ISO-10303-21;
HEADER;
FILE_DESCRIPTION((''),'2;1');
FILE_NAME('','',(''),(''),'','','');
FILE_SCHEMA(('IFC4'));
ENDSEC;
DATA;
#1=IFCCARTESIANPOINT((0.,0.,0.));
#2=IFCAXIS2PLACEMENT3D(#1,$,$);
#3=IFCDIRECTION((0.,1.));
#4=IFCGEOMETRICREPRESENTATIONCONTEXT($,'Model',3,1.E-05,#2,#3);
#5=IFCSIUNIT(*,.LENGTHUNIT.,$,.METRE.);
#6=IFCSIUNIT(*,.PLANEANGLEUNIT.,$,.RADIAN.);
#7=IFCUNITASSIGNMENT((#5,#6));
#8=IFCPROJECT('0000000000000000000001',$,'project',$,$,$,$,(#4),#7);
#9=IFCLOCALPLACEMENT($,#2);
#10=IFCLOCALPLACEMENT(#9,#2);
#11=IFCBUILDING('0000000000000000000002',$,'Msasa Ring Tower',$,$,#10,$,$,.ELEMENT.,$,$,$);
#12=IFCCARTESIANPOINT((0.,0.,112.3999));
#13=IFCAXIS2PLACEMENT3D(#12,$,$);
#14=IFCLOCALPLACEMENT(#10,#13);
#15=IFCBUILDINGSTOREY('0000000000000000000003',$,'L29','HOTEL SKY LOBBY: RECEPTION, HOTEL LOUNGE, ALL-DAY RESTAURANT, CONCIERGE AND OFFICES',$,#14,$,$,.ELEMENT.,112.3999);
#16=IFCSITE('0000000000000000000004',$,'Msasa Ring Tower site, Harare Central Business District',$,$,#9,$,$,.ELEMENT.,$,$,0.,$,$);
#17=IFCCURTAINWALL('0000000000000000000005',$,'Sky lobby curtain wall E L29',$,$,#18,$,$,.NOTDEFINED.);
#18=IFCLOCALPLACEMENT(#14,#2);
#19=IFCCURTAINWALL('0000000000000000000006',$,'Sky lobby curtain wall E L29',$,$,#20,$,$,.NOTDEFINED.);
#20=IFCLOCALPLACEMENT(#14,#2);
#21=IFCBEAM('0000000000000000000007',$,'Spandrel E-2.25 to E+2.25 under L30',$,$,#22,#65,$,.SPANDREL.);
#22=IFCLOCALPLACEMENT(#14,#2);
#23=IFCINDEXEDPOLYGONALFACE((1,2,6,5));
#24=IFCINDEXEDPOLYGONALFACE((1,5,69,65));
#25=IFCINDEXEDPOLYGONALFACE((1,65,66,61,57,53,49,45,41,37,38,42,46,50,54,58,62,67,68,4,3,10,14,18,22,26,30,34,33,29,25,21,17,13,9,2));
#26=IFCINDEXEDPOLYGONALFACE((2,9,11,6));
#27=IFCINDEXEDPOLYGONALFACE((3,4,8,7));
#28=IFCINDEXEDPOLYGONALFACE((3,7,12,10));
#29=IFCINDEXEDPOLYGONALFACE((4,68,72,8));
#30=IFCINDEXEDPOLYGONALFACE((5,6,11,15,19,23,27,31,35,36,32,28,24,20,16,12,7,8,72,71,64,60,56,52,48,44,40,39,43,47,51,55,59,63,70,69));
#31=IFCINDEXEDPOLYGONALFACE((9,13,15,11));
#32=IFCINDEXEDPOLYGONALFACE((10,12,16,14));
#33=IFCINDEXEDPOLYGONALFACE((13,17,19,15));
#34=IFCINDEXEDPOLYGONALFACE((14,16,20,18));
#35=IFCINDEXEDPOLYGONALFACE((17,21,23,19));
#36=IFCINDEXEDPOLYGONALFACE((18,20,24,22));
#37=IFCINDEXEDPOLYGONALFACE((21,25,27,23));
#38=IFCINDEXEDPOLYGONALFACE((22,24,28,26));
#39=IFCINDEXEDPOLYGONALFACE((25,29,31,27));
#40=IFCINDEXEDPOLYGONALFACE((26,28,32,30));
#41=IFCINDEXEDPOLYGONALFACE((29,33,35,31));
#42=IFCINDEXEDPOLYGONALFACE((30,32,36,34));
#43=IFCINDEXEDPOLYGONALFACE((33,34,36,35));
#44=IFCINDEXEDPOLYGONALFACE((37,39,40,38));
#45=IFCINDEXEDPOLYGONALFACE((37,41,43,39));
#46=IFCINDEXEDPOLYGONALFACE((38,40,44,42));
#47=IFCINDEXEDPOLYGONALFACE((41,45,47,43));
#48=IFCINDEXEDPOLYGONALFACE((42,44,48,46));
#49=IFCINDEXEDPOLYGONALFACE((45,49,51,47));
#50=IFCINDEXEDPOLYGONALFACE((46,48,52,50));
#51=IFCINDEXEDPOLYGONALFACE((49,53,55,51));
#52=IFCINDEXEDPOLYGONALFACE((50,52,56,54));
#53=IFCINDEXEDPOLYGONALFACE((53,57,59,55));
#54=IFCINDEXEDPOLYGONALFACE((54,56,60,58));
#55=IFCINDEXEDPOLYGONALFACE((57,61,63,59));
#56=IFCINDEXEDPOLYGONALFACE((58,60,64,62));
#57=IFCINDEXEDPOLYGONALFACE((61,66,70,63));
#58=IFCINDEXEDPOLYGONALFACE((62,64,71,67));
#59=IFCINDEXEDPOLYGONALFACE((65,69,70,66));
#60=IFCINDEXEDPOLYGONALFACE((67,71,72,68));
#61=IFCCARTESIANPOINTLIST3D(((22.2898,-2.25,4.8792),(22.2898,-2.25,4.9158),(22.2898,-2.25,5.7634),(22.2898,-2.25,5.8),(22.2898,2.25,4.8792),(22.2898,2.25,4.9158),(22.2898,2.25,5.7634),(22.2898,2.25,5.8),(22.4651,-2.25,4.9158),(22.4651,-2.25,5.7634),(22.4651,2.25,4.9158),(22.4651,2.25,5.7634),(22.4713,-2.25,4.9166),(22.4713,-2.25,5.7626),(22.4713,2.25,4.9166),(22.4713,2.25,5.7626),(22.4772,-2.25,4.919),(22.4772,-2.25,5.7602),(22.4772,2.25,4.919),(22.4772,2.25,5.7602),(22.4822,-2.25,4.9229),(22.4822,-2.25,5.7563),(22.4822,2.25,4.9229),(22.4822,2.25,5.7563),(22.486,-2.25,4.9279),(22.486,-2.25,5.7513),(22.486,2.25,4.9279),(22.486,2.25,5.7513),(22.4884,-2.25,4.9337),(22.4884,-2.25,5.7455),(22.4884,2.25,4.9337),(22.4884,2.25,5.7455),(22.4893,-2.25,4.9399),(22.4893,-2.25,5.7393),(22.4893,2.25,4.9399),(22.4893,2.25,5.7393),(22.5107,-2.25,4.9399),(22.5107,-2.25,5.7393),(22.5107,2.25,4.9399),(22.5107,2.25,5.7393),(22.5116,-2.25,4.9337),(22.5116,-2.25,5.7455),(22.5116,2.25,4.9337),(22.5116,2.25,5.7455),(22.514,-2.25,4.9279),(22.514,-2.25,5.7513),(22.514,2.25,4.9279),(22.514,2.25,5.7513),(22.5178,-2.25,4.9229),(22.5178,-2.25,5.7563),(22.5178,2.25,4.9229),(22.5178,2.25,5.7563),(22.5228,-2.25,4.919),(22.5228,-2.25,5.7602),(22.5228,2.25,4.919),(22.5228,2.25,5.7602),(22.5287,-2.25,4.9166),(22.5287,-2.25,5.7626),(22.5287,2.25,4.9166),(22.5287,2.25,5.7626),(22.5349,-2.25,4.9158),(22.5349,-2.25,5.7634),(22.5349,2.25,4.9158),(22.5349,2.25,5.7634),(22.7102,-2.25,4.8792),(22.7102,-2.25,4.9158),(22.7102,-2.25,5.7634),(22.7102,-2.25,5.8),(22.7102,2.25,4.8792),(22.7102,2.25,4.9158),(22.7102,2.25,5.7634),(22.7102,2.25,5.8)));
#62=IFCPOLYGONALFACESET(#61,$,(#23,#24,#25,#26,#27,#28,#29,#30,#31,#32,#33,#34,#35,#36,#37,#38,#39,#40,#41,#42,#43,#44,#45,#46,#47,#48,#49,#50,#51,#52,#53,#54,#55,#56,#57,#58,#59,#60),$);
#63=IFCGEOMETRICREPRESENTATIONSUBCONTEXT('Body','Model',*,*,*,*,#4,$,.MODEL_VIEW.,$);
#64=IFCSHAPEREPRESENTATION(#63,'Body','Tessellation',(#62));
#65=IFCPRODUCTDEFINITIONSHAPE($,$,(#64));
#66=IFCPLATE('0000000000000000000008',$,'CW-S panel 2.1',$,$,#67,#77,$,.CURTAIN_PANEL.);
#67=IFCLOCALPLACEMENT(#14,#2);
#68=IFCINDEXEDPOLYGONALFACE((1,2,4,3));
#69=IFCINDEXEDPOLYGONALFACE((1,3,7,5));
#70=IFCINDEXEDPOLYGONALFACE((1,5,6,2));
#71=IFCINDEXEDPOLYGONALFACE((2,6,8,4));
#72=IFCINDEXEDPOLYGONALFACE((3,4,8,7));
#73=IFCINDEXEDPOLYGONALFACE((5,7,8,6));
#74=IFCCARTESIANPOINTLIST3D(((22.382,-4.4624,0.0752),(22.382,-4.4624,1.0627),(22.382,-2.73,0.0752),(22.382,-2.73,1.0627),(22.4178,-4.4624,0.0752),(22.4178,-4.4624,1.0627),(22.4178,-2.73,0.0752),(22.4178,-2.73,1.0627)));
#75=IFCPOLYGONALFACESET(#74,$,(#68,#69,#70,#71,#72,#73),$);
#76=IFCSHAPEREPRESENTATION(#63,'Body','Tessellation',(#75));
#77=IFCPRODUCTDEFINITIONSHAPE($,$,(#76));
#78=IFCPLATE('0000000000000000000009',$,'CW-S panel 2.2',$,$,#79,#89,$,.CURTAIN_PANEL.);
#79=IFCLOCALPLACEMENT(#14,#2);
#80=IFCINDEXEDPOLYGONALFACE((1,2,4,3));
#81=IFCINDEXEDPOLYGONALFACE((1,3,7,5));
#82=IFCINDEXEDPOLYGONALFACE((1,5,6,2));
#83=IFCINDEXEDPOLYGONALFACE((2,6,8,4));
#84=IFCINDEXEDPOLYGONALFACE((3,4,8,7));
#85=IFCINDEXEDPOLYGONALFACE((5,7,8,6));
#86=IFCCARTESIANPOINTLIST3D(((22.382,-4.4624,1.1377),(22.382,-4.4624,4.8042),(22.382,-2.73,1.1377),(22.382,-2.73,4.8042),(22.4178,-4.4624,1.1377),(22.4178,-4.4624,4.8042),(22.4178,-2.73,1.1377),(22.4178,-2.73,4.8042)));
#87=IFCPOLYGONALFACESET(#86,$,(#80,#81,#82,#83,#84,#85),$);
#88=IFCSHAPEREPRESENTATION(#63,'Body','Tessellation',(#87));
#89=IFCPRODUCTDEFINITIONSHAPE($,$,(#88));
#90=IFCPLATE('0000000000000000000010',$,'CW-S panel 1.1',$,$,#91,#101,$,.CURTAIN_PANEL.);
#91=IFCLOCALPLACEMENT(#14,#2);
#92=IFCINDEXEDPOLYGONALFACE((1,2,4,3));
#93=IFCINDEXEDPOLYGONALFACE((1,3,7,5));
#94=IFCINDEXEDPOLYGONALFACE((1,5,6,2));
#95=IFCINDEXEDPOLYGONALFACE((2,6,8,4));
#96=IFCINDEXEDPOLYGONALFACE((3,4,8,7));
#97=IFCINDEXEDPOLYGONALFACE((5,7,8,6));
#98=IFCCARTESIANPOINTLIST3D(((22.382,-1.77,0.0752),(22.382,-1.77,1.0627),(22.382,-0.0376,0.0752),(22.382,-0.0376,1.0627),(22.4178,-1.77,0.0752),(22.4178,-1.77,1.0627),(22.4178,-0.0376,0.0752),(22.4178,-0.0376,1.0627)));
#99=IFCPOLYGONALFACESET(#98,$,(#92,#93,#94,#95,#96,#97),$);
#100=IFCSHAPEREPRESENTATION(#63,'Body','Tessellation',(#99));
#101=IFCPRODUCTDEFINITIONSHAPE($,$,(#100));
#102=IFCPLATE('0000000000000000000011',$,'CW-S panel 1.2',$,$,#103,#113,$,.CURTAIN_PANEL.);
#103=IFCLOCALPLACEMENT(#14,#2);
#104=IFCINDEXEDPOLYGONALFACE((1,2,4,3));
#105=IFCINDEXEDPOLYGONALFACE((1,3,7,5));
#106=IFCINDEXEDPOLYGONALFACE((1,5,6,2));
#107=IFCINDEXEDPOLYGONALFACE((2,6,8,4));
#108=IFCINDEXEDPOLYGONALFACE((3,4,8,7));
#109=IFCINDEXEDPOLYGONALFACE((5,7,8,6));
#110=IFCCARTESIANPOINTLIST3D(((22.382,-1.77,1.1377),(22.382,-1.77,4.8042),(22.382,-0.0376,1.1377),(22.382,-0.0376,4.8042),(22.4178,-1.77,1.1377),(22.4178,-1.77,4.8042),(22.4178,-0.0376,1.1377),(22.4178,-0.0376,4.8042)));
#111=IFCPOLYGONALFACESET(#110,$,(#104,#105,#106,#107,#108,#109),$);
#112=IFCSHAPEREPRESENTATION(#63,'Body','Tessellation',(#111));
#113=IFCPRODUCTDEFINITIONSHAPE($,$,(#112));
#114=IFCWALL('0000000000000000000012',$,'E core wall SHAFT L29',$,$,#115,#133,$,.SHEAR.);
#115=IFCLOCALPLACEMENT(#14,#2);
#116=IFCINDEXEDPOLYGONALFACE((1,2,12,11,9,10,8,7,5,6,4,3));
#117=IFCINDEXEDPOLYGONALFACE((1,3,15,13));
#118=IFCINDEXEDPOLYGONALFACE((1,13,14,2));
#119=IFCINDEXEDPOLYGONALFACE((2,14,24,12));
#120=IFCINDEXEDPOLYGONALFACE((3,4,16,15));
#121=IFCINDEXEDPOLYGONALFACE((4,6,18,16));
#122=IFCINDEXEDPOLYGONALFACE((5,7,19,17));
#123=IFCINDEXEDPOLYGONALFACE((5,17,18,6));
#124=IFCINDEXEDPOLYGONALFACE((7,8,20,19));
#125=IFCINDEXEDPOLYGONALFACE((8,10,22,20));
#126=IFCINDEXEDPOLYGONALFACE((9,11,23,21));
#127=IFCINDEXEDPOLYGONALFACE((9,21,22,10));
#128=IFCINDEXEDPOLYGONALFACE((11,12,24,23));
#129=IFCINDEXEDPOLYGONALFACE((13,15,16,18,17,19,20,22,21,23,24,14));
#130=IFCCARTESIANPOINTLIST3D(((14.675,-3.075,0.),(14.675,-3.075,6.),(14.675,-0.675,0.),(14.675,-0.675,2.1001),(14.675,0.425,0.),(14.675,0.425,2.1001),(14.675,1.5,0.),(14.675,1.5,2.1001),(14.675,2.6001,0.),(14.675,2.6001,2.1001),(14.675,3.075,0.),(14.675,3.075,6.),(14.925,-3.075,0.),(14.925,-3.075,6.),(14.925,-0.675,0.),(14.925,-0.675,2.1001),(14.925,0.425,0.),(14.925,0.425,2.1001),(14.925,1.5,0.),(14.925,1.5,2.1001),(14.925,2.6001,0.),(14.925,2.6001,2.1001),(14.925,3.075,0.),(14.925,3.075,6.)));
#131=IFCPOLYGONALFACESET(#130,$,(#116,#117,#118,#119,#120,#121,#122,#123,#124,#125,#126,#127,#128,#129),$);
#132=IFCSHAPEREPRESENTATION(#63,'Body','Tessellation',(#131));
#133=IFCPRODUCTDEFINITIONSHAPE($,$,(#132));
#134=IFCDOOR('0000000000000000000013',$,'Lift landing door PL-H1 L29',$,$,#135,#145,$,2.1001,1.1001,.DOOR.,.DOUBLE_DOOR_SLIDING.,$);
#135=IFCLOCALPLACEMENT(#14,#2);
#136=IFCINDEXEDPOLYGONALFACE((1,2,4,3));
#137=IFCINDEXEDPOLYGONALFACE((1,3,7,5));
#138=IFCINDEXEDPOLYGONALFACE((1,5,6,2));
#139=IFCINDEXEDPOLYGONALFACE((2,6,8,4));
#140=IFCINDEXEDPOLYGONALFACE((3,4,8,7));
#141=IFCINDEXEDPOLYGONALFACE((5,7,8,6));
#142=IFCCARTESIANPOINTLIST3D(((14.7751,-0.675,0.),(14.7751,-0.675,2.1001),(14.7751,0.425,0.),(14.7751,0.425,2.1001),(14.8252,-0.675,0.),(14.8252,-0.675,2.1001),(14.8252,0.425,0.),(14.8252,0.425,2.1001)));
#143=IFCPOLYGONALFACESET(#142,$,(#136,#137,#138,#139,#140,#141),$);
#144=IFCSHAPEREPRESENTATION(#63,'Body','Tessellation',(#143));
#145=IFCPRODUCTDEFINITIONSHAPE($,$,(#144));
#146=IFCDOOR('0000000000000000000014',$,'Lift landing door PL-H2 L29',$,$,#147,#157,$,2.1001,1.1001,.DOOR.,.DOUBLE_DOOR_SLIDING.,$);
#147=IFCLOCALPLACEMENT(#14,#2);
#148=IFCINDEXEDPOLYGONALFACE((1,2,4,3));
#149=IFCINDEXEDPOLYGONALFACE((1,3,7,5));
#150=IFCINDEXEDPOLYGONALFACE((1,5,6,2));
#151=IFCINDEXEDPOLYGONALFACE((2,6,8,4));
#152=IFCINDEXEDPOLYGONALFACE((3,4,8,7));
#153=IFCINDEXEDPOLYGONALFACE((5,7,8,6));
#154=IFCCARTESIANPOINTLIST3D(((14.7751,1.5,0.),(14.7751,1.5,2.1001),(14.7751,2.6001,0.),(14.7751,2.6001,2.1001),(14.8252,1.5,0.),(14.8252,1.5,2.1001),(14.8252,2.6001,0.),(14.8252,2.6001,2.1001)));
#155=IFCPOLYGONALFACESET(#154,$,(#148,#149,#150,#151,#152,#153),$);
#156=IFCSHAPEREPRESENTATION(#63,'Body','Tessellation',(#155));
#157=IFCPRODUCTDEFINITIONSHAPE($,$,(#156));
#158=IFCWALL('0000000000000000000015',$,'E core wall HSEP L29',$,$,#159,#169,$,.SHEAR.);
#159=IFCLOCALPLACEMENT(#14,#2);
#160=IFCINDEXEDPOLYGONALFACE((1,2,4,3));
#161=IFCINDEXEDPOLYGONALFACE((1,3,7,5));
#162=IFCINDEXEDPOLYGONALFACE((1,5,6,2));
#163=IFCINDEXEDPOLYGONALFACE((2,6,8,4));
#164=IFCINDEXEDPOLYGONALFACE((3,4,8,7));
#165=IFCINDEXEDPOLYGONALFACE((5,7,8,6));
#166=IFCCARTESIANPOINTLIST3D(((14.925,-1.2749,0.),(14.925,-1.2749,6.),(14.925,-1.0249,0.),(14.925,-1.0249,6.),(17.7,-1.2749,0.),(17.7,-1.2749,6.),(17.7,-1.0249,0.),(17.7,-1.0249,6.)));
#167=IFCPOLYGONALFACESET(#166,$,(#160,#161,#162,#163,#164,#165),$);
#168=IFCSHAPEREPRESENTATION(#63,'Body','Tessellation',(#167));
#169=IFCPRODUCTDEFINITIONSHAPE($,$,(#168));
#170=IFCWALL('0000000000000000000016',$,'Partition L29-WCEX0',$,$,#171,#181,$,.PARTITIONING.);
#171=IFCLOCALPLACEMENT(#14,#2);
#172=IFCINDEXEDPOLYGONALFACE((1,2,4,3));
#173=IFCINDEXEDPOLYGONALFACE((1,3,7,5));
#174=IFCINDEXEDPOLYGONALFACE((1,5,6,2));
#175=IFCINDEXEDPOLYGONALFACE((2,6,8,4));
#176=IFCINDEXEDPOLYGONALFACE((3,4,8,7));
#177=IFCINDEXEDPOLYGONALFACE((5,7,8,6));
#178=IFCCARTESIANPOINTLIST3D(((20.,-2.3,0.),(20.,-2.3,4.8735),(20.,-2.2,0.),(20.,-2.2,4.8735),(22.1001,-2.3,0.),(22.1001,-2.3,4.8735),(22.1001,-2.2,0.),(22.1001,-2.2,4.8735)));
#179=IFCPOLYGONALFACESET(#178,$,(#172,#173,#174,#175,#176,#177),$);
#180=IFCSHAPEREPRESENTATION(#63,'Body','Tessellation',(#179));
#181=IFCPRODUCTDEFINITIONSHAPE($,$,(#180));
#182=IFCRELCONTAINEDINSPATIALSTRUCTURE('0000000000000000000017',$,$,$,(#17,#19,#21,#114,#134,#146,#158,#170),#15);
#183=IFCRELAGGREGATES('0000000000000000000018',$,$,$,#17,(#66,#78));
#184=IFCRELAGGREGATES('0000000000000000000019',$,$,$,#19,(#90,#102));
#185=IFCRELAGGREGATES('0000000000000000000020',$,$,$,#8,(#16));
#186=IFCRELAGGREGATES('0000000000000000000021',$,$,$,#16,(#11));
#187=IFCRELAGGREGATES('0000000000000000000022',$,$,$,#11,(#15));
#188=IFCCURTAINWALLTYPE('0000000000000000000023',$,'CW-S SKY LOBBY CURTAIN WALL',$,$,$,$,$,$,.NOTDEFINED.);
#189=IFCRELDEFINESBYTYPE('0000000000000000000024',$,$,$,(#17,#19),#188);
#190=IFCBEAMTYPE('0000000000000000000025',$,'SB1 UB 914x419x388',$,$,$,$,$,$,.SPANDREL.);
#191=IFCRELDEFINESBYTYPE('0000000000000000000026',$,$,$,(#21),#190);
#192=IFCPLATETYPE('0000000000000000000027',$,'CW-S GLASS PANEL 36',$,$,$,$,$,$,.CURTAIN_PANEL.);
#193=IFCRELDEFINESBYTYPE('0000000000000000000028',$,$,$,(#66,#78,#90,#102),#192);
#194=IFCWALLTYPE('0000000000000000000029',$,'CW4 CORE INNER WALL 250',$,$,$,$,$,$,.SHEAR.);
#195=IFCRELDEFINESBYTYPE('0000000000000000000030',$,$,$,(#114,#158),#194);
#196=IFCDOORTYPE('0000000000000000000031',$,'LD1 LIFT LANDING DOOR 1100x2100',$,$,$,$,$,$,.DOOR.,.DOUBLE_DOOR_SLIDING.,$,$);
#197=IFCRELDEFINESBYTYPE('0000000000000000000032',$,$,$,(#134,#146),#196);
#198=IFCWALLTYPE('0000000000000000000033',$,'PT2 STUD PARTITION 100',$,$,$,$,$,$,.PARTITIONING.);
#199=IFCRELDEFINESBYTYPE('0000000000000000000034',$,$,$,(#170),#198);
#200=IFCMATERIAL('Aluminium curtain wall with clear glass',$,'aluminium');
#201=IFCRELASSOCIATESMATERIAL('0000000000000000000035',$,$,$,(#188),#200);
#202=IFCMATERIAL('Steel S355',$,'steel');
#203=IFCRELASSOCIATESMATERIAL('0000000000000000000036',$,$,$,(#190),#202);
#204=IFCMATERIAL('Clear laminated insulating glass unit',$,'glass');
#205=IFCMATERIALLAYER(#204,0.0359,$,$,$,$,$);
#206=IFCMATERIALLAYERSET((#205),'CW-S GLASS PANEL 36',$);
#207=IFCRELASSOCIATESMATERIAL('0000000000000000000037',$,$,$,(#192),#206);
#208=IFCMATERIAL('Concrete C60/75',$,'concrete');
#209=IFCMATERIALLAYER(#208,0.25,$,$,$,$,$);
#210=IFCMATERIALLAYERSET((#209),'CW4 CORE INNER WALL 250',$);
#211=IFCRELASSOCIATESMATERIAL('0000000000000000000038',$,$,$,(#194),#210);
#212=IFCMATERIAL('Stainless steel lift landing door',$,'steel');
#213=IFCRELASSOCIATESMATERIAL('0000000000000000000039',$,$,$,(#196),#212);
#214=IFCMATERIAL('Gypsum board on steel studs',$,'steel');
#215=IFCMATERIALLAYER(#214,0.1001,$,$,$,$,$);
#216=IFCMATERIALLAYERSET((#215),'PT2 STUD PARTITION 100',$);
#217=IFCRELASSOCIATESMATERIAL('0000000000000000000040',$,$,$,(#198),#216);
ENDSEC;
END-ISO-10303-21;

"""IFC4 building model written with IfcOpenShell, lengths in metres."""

from ifc_helpers import new_model, si_unit, direction, frame, frame_2d, origin, origin_2d, place, context, subcontext, project, spatial, rectangle, i_section, extrude, material, layer, layer_set, material_profile, profile_set, type_object, element, fill, aggregate, save


model = new_model("IFC4")

# Units and contexts
model_context = context("Model", 3, precision=1e-05, world=origin(), true_north=direction((0.0, 1.0)))
body_context = subcontext(model_context, "Body", "Model", "MODEL_VIEW")
ifc_project = project(units=[si_unit("LENGTHUNIT", "METRE"), si_unit("PLANEANGLEUNIT", "RADIAN")], contexts=[model_context])

# Site, building, storey
site_placement = place(None, origin())
site = spatial("IfcSite", under=ifc_project, at=site_placement, Name="Msasa Ring Tower site, Harare Central Business District", CompositionType="ELEMENT", RefElevation=0.0)
building_placement = place(site_placement, origin())
building = spatial("IfcBuilding", under=site, at=building_placement, Name="Msasa Ring Tower", CompositionType="ELEMENT")
storey_placement = place(building_placement, frame((0.0, 0.0, 112.3999)))
storey = spatial("IfcBuildingStorey", under=building, at=storey_placement, Name="L29", Description="HOTEL SKY LOBBY: RECEPTION, HOTEL LOUNGE, ALL-DAY RESTAURANT, CONCIERGE AND OFFICES", CompositionType="ELEMENT", Elevation=112.3999)

# Curtain wall
ifc_material_1 = material(Name="Aluminium curtain wall with clear glass", Category="aluminium")
curtain_wall_type = type_object("IfcCurtainWallType", Name="CW-S SKY LOBBY CURTAIN WALL", PredefinedType="NOTDEFINED", material=ifc_material_1)
curtain_wall_1_placement = place(storey_placement, origin())
curtain_wall_1 = element("IfcCurtainWall", 1, at=curtain_wall_1_placement, inside=storey, type_object=curtain_wall_type, Name="Sky lobby curtain wall E L29", PredefinedType="NOTDEFINED")

# Curtain wall
curtain_wall_2_placement = place(storey_placement, origin())
curtain_wall_2 = element("IfcCurtainWall", 2, at=curtain_wall_2_placement, inside=storey, type_object=curtain_wall_type, Name="Sky lobby curtain wall E L29", PredefinedType="NOTDEFINED")

# Beam
ifc_material_2 = material(Name="Steel S355", Category="steel")
ifc_material_profile_1 = material_profile(ifc_material_2, i_section(OverallWidth=0.4204, OverallDepth=0.9209, WebThickness=0.0215, FlangeThickness=0.0366, FilletRadius=0.0242, at=origin_2d()), Name="UB 914x419x388")
ifc_profile_set_1 = profile_set([ifc_material_profile_1], Name="Steel S355")
beam_type_1 = type_object("IfcBeamType", Name="SB1 UB 914x419x388", PredefinedType="SPANDREL", material=ifc_profile_set_1)
beam_1_placement = place(storey_placement, frame((22.5, -2.25, 5.3396), z_axis=(0.0, 1.0, 0.0), x_axis=(-1.0, 0.0, 0.0)))
element("IfcBeam", 3, at=beam_1_placement, inside=storey, type_object=beam_type_1, Name="Spandrel E-2.25 to E+2.25 under L30", PredefinedType="SPANDREL", context=body_context, shape_type="SweptSolid", body=[
    extrude(i_section(OverallWidth=0.4204, OverallDepth=0.9209, WebThickness=0.0215, FlangeThickness=0.0366, FilletRadius=0.0242, at=origin_2d()), origin(), (0.0, 0.0, 1.0), 4.5),
])

# Plates
ifc_material_3 = material(Name="Clear laminated insulating glass unit", Category="glass")
ifc_layer_1 = layer(ifc_material_3, 0.0359)
ifc_layer_set_1 = layer_set([ifc_layer_1], Name="CW-S GLASS PANEL 36")
plate_type = type_object("IfcPlateType", Name="CW-S GLASS PANEL 36", PredefinedType="CURTAIN_PANEL", material=ifc_layer_set_1)
plate_1_placement = place(storey_placement, frame((22.3999, -3.5962, 0.0752), z_axis=(0.0, 0.0, 1.0), x_axis=(0.0, 1.0, 0.0)))
plate_1 = element("IfcPlate", 4, at=plate_1_placement, type_object=plate_type, Name="CW-S panel 2.1", PredefinedType="CURTAIN_PANEL", context=body_context, shape_type="SweptSolid", body=[
    extrude(rectangle(XDim=1.7324, YDim=0.0359, at=origin_2d()), origin(), (0.0, 0.0, 1.0), 0.9875),
])
plate_2_placement = place(storey_placement, frame((22.3999, -3.5962, 1.1377), z_axis=(0.0, 0.0, 1.0), x_axis=(0.0, 1.0, 0.0)))
plate_2 = element("IfcPlate", 5, at=plate_2_placement, type_object=plate_type, Name="CW-S panel 2.2", PredefinedType="CURTAIN_PANEL", context=body_context, shape_type="SweptSolid", body=[
    extrude(rectangle(XDim=1.7324, YDim=0.0359, at=origin_2d()), origin(), (0.0, 0.0, 1.0), 3.6665),
])
aggregate(curtain_wall_1, [plate_1, plate_2])
plate_3_placement = place(storey_placement, frame((22.3999, -0.9038, 0.0752), z_axis=(0.0, 0.0, 1.0), x_axis=(0.0, 1.0, 0.0)))
plate_3 = element("IfcPlate", 6, at=plate_3_placement, type_object=plate_type, Name="CW-S panel 1.1", PredefinedType="CURTAIN_PANEL", context=body_context, shape_type="SweptSolid", body=[
    extrude(rectangle(XDim=1.7324, YDim=0.0359, at=origin_2d()), origin(), (0.0, 0.0, 1.0), 0.9875),
])
plate_4_placement = place(storey_placement, frame((22.3999, -0.9038, 1.1377), z_axis=(0.0, 0.0, 1.0), x_axis=(0.0, 1.0, 0.0)))
plate_4 = element("IfcPlate", 7, at=plate_4_placement, type_object=plate_type, Name="CW-S panel 1.2", PredefinedType="CURTAIN_PANEL", context=body_context, shape_type="SweptSolid", body=[
    extrude(rectangle(XDim=1.7324, YDim=0.0359, at=origin_2d()), origin(), (0.0, 0.0, 1.0), 3.6665),
])
aggregate(curtain_wall_2, [plate_3, plate_4])

# Wall, openings, doors
ifc_material_4 = material(Name="Concrete C60/75", Category="concrete")
ifc_layer_2 = layer(ifc_material_4, 0.25)
ifc_layer_set_2 = layer_set([ifc_layer_2], Name="CW4 CORE INNER WALL 250")
wall_type_1 = type_object("IfcWallType", Name="CW4 CORE INNER WALL 250", PredefinedType="SHEAR", material=ifc_layer_set_2)
wall_1_placement = place(storey_placement, frame((14.8, -3.075, 0.0), z_axis=(0.0, 0.0, 1.0), x_axis=(0.0, 1.0, 0.0)))
wall_1 = element("IfcWall", 8, at=wall_1_placement, inside=storey, type_object=wall_type_1, Name="E core wall SHAFT L29", PredefinedType="SHEAR", context=body_context, shape_type="SweptSolid", body=[
    extrude(rectangle(XDim=6.1499, YDim=0.25, at=frame_2d((3.075, 0.0))), origin(), (0.0, 0.0, 1.0), 6.0),
])
opening_1_placement = place(wall_1_placement, frame((2.3999, 0.0, 0.0)))
opening_1 = element("IfcOpeningElement", 9, at=opening_1_placement, cuts=wall_1, PredefinedType="OPENING", context=body_context, shape_type="SweptSolid", body=[
    extrude(rectangle(XDim=1.1001, YDim=2.1001, at=frame_2d((0.55, 1.05))), frame((0.0, 0.135, 0.0), z_axis=(0.0, -1.0, 0.0), x_axis=(1.0, 0.0, 0.0)), (0.0, 0.0, 1.0), 0.27),
])
opening_2_placement = place(wall_1_placement, frame((4.575, 0.0, 0.0)))
opening_2 = element("IfcOpeningElement", 10, at=opening_2_placement, cuts=wall_1, PredefinedType="OPENING", context=body_context, shape_type="SweptSolid", body=[
    extrude(rectangle(XDim=1.1001, YDim=2.1001, at=frame_2d((0.55, 1.05))), frame((0.0, 0.135, 0.0), z_axis=(0.0, -1.0, 0.0), x_axis=(1.0, 0.0, 0.0)), (0.0, 0.0, 1.0), 0.27),
])
ifc_material_5 = material(Name="Stainless steel lift landing door", Category="steel")
door_type = type_object("IfcDoorType", Name="LD1 LIFT LANDING DOOR 1100x2100", OperationType="DOUBLE_DOOR_SLIDING", PredefinedType="DOOR", material=ifc_material_5)
door_1_placement = place(opening_1_placement, origin())
door_1 = element("IfcDoor", 11, at=door_1_placement, inside=storey, type_object=door_type, Name="Lift landing door PL-H1 L29", OperationType="DOUBLE_DOOR_SLIDING", OverallHeight=2.1001, OverallWidth=1.1001, PredefinedType="DOOR", context=body_context, shape_type="SweptSolid", body=[
    extrude(rectangle(XDim=1.1001, YDim=2.1001, at=frame_2d((0.55, 1.05))), frame((0.0, 0.0249, 0.0), z_axis=(0.0, -1.0, 0.0), x_axis=(1.0, 0.0, 0.0)), (0.0, 0.0, 1.0), 0.05),
])
fill(opening_1, door_1)
door_2_placement = place(opening_2_placement, origin())
door_2 = element("IfcDoor", 12, at=door_2_placement, inside=storey, type_object=door_type, Name="Lift landing door PL-H2 L29", OperationType="DOUBLE_DOOR_SLIDING", OverallHeight=2.1001, OverallWidth=1.1001, PredefinedType="DOOR", context=body_context, shape_type="SweptSolid", body=[
    extrude(rectangle(XDim=1.1001, YDim=2.1001, at=frame_2d((0.55, 1.05))), frame((0.0, 0.0249, 0.0), z_axis=(0.0, -1.0, 0.0), x_axis=(1.0, 0.0, 0.0)), (0.0, 0.0, 1.0), 0.05),
])
fill(opening_2, door_2)

# Walls
wall_2_placement = place(storey_placement, frame((14.925, -1.1499, 0.0), z_axis=(0.0, 0.0, 1.0), x_axis=(1.0, 0.0, 0.0)))
element("IfcWall", 13, at=wall_2_placement, inside=storey, type_object=wall_type_1, Name="E core wall HSEP L29", PredefinedType="SHEAR", context=body_context, shape_type="SweptSolid", body=[
    extrude(rectangle(XDim=2.7749, YDim=0.25, at=frame_2d((1.3875, 0.0))), origin(), (0.0, 0.0, 1.0), 6.0),
])
ifc_material_6 = material(Name="Gypsum board on steel studs", Category="steel")
ifc_layer_3 = layer(ifc_material_6, 0.1001)
ifc_layer_set_3 = layer_set([ifc_layer_3], Name="PT2 STUD PARTITION 100")
wall_type_2 = type_object("IfcWallType", Name="PT2 STUD PARTITION 100", PredefinedType="PARTITIONING", material=ifc_layer_set_3)
wall_3_placement = place(storey_placement, frame((20.0, -2.25, 0.0), z_axis=(0.0, 0.0, 1.0), x_axis=(1.0, 0.0, 0.0)))
element("IfcWall", 14, at=wall_3_placement, inside=storey, type_object=wall_type_2, Name="Partition L29-WCEX0", PredefinedType="PARTITIONING", context=body_context, shape_type="SweptSolid", body=[
    extrude(rectangle(XDim=2.1001, YDim=0.1001, at=frame_2d((1.05, 0.0))), origin(), (0.0, 0.0, 1.0), 4.8735),
])

save(model, "model.ifc")
